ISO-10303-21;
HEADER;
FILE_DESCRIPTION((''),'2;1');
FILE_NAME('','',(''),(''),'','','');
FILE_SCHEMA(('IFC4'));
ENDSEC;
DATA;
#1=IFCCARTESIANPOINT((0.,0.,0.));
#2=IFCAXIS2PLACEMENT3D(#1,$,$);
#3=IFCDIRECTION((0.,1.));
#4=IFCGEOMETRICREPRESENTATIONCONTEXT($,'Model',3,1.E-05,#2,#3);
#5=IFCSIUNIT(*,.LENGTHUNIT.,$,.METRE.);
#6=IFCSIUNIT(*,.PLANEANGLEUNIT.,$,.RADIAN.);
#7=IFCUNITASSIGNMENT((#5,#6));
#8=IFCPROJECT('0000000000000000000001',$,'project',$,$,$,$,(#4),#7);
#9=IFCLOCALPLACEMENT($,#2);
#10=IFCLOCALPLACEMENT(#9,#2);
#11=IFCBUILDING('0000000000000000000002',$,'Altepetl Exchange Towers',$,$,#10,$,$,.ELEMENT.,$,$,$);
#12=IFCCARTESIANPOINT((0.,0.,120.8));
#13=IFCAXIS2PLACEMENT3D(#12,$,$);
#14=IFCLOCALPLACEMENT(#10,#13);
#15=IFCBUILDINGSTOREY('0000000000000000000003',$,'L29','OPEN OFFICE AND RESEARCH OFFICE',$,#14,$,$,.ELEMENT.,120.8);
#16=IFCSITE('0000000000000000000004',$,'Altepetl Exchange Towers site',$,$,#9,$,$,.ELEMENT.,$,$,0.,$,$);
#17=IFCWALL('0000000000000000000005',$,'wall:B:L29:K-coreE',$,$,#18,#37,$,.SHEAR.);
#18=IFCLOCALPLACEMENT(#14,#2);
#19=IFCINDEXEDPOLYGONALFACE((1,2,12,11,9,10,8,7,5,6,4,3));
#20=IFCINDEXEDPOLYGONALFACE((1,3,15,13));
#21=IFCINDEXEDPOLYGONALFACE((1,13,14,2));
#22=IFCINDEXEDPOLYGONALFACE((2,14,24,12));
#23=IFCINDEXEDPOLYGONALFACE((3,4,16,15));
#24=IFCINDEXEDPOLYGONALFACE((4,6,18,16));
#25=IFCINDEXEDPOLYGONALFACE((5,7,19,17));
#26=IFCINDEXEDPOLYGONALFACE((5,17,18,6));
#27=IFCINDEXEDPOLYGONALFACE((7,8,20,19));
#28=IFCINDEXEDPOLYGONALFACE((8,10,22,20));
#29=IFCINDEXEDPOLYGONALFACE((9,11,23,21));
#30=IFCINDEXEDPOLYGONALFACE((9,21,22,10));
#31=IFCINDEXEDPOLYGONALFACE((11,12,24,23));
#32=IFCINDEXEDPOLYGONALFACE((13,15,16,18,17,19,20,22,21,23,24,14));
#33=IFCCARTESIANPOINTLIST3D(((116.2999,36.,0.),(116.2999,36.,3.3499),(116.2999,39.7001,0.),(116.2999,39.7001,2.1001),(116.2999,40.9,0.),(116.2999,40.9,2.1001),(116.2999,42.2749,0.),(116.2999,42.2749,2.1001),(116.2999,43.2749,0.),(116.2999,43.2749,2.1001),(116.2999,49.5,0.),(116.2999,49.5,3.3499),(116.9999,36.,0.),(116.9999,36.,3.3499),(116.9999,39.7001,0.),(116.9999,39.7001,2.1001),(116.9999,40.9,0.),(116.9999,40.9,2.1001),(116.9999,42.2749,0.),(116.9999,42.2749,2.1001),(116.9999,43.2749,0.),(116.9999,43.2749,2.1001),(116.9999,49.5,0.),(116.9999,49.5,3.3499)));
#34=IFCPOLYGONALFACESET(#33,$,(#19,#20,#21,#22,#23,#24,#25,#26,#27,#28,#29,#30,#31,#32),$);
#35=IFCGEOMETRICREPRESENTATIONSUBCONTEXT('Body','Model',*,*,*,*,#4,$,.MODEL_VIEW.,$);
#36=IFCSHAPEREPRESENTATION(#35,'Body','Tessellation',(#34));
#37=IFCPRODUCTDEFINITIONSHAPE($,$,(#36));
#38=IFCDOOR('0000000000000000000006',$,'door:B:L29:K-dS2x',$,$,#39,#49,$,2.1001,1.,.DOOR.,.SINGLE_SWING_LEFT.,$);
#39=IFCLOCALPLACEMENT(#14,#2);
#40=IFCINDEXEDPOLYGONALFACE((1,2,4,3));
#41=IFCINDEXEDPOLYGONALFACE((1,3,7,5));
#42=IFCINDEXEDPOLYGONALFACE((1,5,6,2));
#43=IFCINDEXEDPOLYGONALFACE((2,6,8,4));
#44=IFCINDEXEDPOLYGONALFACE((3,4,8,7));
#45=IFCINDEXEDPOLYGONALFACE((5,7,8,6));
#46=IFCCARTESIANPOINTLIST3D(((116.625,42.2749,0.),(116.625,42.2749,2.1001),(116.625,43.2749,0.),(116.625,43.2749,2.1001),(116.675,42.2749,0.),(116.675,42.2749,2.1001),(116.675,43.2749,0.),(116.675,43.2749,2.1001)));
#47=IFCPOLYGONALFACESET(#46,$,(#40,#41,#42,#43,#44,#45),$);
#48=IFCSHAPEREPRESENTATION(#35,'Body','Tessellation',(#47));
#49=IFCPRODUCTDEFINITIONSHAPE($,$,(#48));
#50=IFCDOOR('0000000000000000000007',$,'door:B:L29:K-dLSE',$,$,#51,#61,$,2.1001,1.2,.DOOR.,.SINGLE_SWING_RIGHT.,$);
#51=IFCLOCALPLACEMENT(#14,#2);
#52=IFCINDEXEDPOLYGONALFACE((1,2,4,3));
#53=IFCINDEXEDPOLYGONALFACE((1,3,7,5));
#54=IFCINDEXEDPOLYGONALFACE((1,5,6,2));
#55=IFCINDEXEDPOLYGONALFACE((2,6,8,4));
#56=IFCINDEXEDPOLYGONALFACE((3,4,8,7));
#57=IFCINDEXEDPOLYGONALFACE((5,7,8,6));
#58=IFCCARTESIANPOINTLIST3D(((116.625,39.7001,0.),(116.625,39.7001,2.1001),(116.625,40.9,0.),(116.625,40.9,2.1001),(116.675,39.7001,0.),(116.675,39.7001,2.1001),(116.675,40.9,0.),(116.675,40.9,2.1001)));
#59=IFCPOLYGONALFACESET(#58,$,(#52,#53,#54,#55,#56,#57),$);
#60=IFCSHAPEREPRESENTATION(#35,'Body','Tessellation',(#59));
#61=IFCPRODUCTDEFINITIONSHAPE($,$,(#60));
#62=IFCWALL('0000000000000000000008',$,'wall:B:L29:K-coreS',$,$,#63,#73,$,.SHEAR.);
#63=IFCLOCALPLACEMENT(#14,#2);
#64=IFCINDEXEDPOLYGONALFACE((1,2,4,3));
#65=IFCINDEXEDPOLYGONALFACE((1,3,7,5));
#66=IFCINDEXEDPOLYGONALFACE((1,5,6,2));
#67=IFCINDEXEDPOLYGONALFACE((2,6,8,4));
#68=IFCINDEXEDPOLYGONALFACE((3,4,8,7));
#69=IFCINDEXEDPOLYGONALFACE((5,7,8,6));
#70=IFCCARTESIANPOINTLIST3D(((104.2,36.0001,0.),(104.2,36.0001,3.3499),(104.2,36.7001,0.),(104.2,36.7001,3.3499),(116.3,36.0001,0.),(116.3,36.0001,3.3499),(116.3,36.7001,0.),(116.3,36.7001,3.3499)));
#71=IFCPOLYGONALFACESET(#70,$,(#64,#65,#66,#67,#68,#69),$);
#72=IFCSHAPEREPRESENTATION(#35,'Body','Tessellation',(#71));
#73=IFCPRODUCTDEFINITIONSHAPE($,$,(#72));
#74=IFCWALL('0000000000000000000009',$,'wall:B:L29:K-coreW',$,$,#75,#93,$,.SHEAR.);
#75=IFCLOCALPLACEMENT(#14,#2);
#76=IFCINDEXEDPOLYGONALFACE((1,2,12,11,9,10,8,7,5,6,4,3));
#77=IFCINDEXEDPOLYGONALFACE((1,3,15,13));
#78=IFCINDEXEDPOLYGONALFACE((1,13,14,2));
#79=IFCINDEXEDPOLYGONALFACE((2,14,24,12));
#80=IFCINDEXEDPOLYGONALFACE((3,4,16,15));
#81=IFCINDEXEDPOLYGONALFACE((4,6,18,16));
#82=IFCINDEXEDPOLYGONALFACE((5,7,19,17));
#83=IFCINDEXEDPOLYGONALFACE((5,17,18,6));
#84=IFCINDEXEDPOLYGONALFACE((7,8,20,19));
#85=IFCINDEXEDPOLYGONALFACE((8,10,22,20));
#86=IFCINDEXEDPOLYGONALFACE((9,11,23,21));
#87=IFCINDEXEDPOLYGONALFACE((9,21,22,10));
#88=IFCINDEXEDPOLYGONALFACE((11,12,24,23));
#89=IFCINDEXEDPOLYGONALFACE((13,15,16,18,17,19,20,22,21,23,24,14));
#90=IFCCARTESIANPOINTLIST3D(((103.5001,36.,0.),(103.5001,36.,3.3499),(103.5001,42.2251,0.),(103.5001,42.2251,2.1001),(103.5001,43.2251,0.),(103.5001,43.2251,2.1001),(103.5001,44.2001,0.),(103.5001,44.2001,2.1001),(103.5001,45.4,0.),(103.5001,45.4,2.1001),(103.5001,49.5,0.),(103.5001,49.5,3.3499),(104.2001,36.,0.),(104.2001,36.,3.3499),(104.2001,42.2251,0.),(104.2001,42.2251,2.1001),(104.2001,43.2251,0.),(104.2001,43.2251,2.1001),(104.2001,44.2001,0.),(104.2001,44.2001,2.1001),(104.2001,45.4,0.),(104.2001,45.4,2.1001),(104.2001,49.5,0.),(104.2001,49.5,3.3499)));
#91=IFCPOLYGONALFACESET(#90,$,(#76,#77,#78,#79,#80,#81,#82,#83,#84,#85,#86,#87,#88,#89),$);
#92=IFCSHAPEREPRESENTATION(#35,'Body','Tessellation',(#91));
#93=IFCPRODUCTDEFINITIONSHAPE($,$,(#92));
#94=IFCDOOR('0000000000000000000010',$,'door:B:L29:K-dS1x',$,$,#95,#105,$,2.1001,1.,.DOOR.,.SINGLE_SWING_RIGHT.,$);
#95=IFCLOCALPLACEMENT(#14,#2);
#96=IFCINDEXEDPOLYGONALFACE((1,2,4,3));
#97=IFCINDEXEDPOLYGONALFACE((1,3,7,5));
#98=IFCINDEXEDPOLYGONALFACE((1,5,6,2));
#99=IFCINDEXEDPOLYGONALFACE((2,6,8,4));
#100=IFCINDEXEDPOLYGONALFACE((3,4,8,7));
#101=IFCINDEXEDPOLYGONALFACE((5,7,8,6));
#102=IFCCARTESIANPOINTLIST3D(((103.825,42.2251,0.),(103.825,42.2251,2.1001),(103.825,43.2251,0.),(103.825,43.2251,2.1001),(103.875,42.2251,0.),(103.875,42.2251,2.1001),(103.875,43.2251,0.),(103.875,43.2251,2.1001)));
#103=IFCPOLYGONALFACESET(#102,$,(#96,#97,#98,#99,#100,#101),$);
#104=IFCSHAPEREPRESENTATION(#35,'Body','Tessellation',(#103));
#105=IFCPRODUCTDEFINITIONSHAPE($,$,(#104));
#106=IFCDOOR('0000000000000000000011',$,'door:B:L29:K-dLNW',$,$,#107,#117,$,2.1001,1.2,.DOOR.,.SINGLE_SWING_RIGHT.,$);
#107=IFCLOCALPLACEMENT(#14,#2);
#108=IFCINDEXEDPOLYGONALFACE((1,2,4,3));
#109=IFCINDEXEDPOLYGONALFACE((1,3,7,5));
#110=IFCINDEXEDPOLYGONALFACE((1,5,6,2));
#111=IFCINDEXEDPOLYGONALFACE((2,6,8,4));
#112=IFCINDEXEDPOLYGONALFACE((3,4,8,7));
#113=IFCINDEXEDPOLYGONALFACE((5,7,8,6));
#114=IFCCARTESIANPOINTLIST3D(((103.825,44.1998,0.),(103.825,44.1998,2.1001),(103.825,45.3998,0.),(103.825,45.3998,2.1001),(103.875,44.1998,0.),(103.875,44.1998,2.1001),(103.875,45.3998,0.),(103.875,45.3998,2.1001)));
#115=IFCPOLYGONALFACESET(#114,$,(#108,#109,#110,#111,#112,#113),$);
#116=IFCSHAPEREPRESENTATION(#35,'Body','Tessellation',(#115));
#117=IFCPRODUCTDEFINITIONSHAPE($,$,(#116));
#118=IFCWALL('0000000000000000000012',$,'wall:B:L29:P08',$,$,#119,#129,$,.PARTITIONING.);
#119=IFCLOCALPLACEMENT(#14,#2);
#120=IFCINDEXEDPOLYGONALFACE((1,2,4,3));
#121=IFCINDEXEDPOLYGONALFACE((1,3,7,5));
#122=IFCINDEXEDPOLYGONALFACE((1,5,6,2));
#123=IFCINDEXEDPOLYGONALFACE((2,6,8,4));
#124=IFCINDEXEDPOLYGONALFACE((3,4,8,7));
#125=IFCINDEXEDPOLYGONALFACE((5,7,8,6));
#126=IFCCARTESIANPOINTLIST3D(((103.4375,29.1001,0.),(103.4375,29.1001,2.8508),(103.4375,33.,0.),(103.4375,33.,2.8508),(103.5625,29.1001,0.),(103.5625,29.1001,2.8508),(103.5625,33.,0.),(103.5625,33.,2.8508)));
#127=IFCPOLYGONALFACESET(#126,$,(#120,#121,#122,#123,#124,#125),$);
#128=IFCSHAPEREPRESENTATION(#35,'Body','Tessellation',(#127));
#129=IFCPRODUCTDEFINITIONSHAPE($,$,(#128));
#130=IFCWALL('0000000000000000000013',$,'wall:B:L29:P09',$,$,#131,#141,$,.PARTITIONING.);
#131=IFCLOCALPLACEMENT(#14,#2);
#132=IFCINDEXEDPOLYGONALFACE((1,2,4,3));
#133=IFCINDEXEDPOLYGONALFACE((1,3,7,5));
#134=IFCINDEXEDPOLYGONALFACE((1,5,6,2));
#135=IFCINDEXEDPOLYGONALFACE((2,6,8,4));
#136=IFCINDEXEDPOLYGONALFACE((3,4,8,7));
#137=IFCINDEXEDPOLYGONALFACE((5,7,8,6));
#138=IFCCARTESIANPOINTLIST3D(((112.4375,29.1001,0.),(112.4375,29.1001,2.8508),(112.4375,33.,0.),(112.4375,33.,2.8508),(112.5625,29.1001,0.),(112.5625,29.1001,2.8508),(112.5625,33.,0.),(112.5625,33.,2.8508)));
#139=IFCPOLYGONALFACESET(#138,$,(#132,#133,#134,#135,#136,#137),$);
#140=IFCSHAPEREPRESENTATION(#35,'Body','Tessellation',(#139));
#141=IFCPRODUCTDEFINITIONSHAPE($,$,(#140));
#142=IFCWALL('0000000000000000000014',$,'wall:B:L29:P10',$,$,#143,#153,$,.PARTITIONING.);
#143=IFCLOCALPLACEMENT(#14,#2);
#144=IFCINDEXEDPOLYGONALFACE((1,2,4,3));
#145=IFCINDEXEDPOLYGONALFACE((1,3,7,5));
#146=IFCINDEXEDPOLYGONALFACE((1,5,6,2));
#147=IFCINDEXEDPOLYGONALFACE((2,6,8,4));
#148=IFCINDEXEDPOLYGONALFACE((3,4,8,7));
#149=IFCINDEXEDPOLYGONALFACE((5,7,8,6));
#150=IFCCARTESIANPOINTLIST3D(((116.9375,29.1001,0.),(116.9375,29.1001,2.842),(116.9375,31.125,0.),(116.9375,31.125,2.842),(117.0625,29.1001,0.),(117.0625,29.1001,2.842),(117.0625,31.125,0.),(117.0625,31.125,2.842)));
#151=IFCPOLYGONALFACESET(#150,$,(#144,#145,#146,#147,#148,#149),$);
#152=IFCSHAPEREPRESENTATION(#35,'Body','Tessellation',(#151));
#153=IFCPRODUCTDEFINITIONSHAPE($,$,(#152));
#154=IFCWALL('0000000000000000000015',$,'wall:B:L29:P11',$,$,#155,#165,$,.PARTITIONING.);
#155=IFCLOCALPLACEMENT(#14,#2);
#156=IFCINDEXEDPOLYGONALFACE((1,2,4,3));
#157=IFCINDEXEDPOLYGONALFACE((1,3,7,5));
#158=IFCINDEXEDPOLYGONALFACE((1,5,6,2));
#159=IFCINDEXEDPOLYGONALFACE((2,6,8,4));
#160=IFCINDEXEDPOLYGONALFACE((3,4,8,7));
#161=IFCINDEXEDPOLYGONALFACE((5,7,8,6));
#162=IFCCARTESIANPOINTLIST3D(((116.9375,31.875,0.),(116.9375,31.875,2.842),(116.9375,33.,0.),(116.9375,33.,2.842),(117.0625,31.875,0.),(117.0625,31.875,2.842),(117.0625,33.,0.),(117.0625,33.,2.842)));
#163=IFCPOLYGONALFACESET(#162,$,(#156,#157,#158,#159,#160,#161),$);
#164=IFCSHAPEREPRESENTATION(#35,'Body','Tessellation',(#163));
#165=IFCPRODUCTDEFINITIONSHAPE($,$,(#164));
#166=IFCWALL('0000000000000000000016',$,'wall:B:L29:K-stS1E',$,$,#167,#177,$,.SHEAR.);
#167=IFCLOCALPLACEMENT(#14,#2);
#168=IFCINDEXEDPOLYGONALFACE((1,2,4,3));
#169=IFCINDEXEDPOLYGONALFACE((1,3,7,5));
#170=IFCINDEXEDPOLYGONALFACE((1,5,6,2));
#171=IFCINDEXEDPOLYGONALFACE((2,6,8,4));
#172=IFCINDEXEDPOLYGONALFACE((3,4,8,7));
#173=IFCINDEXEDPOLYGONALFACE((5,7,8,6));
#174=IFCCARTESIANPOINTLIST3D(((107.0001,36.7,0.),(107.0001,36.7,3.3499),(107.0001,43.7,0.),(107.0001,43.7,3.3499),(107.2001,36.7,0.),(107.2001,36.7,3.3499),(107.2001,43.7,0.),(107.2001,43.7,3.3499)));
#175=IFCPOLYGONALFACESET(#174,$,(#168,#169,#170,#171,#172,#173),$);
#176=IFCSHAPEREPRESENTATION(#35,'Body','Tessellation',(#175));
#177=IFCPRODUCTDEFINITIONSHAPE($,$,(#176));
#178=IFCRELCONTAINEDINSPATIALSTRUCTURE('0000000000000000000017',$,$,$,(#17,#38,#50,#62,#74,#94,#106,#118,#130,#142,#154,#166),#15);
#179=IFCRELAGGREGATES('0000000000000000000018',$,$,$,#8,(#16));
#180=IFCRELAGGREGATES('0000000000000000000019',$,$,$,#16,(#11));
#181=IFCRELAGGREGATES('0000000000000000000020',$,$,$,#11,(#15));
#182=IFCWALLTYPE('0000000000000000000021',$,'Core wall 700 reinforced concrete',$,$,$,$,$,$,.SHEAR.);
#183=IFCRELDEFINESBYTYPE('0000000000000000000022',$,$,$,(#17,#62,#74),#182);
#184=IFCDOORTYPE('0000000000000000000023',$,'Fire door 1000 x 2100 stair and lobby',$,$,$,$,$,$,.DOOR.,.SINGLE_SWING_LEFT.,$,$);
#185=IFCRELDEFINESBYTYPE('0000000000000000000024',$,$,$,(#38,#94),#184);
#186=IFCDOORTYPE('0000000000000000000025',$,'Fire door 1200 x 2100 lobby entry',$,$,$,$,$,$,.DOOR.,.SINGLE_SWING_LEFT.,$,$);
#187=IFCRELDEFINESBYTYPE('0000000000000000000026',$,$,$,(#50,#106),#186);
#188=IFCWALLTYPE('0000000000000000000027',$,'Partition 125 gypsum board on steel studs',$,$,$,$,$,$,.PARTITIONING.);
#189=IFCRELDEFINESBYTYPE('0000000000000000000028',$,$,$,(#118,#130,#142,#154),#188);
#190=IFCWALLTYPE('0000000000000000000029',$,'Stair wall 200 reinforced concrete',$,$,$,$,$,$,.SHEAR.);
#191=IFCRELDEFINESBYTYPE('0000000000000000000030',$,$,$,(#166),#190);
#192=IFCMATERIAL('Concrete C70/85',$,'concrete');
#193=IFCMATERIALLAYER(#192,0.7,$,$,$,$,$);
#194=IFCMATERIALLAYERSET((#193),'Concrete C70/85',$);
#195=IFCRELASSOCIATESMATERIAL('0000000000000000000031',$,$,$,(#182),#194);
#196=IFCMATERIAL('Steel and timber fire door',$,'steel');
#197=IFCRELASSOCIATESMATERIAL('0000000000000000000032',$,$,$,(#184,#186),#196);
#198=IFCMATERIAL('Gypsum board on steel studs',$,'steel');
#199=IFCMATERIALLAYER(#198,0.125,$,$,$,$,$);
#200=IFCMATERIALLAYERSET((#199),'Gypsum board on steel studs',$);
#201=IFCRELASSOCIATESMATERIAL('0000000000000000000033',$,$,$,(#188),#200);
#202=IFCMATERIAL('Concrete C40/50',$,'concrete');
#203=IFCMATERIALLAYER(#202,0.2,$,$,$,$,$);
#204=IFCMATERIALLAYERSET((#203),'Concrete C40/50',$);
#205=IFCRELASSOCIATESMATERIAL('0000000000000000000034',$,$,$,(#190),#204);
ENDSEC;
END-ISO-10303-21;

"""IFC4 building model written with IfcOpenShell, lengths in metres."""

from ifc_helpers import new_model, si_unit, direction, frame, frame_2d, origin, place, context, subcontext, project, spatial, rectangle, extrude, material, layer, layer_set, type_object, element, fill, save


model = new_model("IFC4")

# Units and contexts
model_context = context("Model", 3, precision=1e-05, world=origin(), true_north=direction((0.0, 1.0)))
body_context = subcontext(model_context, "Body", "Model", "MODEL_VIEW")
ifc_project = project(units=[si_unit("LENGTHUNIT", "METRE"), si_unit("PLANEANGLEUNIT", "RADIAN")], contexts=[model_context])

# Site, building, storey
site_placement = place(None, origin())
site = spatial("IfcSite", under=ifc_project, at=site_placement, Name="Altepetl Exchange Towers site", CompositionType="ELEMENT", RefElevation=0.0)
building_placement = place(site_placement, origin())
building = spatial("IfcBuilding", under=site, at=building_placement, Name="Altepetl Exchange Towers", CompositionType="ELEMENT")
storey_placement = place(building_placement, frame((0.0, 0.0, 120.8)))
storey = spatial("IfcBuildingStorey", under=building, at=storey_placement, Name="L29", Description="OPEN OFFICE AND RESEARCH OFFICE", CompositionType="ELEMENT", Elevation=120.8)

# Shared definitions
ifc_material_1 = material(Name="Concrete C70/85", Category="concrete")

# Wall, openings, doors
ifc_layer_1 = layer(ifc_material_1, 0.7)
ifc_layer_set_1 = layer_set([ifc_layer_1], Name="Concrete C70/85")
wall_type_1 = type_object("IfcWallType", Name="Core wall 700 reinforced concrete", PredefinedType="SHEAR", material=ifc_layer_set_1)
wall_1_placement = place(storey_placement, frame((116.6499, 36.0, 0.0), z_axis=(0.0, 0.0, 1.0), x_axis=(0.0, 1.0, 0.0)))
wall_1 = element("IfcWall", 1, at=wall_1_placement, inside=storey, type_object=wall_type_1, Name="wall:B:L29:K-coreE", PredefinedType="SHEAR", context=body_context, shape_type="SweptSolid", body=[
    extrude(rectangle(XDim=13.5, YDim=0.7, at=frame_2d((6.75, 0.0))), origin(), (0.0, 0.0, 1.0), 3.3499),
])
opening_1_placement = place(wall_1_placement, frame((3.7, 0.0, 0.0)))
opening_1 = element("IfcOpeningElement", 2, at=opening_1_placement, cuts=wall_1, PredefinedType="OPENING", context=body_context, shape_type="SweptSolid", body=[
    extrude(rectangle(XDim=1.2, YDim=2.1001, at=frame_2d((0.6001, 1.05))), frame((0.0, 0.3599, 0.0), z_axis=(0.0, -1.0, 0.0), x_axis=(1.0, 0.0, 0.0)), (0.0, 0.0, 1.0), 0.72),
])
opening_2_placement = place(wall_1_placement, frame((6.2749, 0.0, 0.0)))
opening_2 = element("IfcOpeningElement", 3, at=opening_2_placement, cuts=wall_1, PredefinedType="OPENING", context=body_context, shape_type="SweptSolid", body=[
    extrude(rectangle(XDim=1.0, YDim=2.1001, at=frame_2d((0.5, 1.05))), frame((0.0, 0.3599, 0.0), z_axis=(0.0, -1.0, 0.0), x_axis=(1.0, 0.0, 0.0)), (0.0, 0.0, 1.0), 0.72),
])
ifc_material_2 = material(Name="Steel and timber fire door", Category="steel")
door_type_1 = type_object("IfcDoorType", Name="Fire door 1000 x 2100 stair and lobby", OperationType="SINGLE_SWING_LEFT", PredefinedType="DOOR", material=ifc_material_2)
door_1_placement = place(opening_2_placement, origin())
door_1 = element("IfcDoor", 4, at=door_1_placement, inside=storey, type_object=door_type_1, Name="door:B:L29:K-dS2x", OperationType="SINGLE_SWING_LEFT", OverallHeight=2.1001, OverallWidth=1.0, PredefinedType="DOOR", context=body_context, shape_type="SweptSolid", body=[
    extrude(rectangle(XDim=1.0, YDim=2.1001, at=frame_2d((0.5, 1.05))), frame((0.0, 0.0249, 0.0), z_axis=(0.0, -1.0, 0.0), x_axis=(1.0, 0.0, 0.0)), (0.0, 0.0, 1.0), 0.05),
])
fill(opening_2, door_1)
door_type_2 = type_object("IfcDoorType", Name="Fire door 1200 x 2100 lobby entry", OperationType="SINGLE_SWING_LEFT", PredefinedType="DOOR", material=ifc_material_2)
door_2_placement = place(opening_1_placement, origin())
door_2 = element("IfcDoor", 5, at=door_2_placement, inside=storey, type_object=door_type_2, Name="door:B:L29:K-dLSE", OperationType="SINGLE_SWING_RIGHT", OverallHeight=2.1001, OverallWidth=1.2, PredefinedType="DOOR", context=body_context, shape_type="SweptSolid", body=[
    extrude(rectangle(XDim=1.2, YDim=2.1001, at=frame_2d((0.6001, 1.05))), frame((0.0, 0.0249, 0.0), z_axis=(0.0, -1.0, 0.0), x_axis=(1.0, 0.0, 0.0)), (0.0, 0.0, 1.0), 0.05),
])
fill(opening_1, door_2)

# Wall
wall_2_placement = place(storey_placement, frame((104.2, 36.3501, 0.0)))
element("IfcWall", 6, at=wall_2_placement, inside=storey, type_object=wall_type_1, Name="wall:B:L29:K-coreS", PredefinedType="SHEAR", context=body_context, shape_type="SweptSolid", body=[
    extrude(rectangle(XDim=12.1001, YDim=0.7, at=frame_2d((6.05, 0.0))), origin(), (0.0, 0.0, 1.0), 3.3499),
])

# Wall, openings, doors
wall_3_placement = place(storey_placement, frame((103.8501, 36.0, 0.0), z_axis=(0.0, 0.0, 1.0), x_axis=(0.0, 1.0, 0.0)))
wall_3 = element("IfcWall", 7, at=wall_3_placement, inside=storey, type_object=wall_type_1, Name="wall:B:L29:K-coreW", PredefinedType="SHEAR", context=body_context, shape_type="SweptSolid", body=[
    extrude(rectangle(XDim=13.5, YDim=0.7, at=frame_2d((6.75, 0.0))), origin(), (0.0, 0.0, 1.0), 3.3499),
])
opening_3_placement = place(wall_3_placement, frame((8.2, 0.0, 0.0)))
opening_3 = element("IfcOpeningElement", 8, at=opening_3_placement, cuts=wall_3, PredefinedType="OPENING", context=body_context, shape_type="SweptSolid", body=[
    extrude(rectangle(XDim=1.2, YDim=2.1001, at=frame_2d((0.6001, 1.05))), frame((0.0, 0.3599, 0.0), z_axis=(0.0, -1.0, 0.0), x_axis=(1.0, 0.0, 0.0)), (0.0, 0.0, 1.0), 0.72),
])
opening_4_placement = place(wall_3_placement, frame((6.2251, 0.0, 0.0)))
opening_4 = element("IfcOpeningElement", 9, at=opening_4_placement, cuts=wall_3, PredefinedType="OPENING", context=body_context, shape_type="SweptSolid", body=[
    extrude(rectangle(XDim=1.0, YDim=2.1001, at=frame_2d((0.5, 1.05))), frame((0.0, 0.3599, 0.0), z_axis=(0.0, -1.0, 0.0), x_axis=(1.0, 0.0, 0.0)), (0.0, 0.0, 1.0), 0.72),
])
door_3_placement = place(opening_4_placement, frame((1.0, 0.0, 0.0), x_axis=(-1.0, 0.0, 0.0)))
door_3 = element("IfcDoor", 10, at=door_3_placement, inside=storey, type_object=door_type_1, Name="door:B:L29:K-dS1x", OperationType="SINGLE_SWING_RIGHT", OverallHeight=2.1001, OverallWidth=1.0, PredefinedType="DOOR", context=body_context, shape_type="SweptSolid", body=[
    extrude(rectangle(XDim=1.0, YDim=2.1001, at=frame_2d((0.5, 1.05))), frame((0.0, 0.0249, 0.0), z_axis=(0.0, -1.0, 0.0), x_axis=(1.0, 0.0, 0.0)), (0.0, 0.0, 1.0), 0.05),
])
fill(opening_4, door_3)
door_4_placement = place(opening_3_placement, frame((1.2, 0.0, 0.0), x_axis=(-1.0, 0.0, 0.0)))
door_4 = element("IfcDoor", 11, at=door_4_placement, inside=storey, type_object=door_type_2, Name="door:B:L29:K-dLNW", OperationType="SINGLE_SWING_RIGHT", OverallHeight=2.1001, OverallWidth=1.2, PredefinedType="DOOR", context=body_context, shape_type="SweptSolid", body=[
    extrude(rectangle(XDim=1.2, YDim=2.1001, at=frame_2d((0.6001, 1.05))), frame((0.0, 0.0249, 0.0), z_axis=(0.0, -1.0, 0.0), x_axis=(1.0, 0.0, 0.0)), (0.0, 0.0, 1.0), 0.05),
])
fill(opening_3, door_4)

# Walls
ifc_material_3 = material(Name="Gypsum board on steel studs", Category="steel")
ifc_layer_2 = layer(ifc_material_3, 0.125)
ifc_layer_set_2 = layer_set([ifc_layer_2], Name="Gypsum board on steel studs")
wall_type_2 = type_object("IfcWallType", Name="Partition 125 gypsum board on steel studs", PredefinedType="PARTITIONING", material=ifc_layer_set_2)
for number, where, z_axis, x_axis, name in (
    (12, (103.5, 29.1001, 0.0), (0.0, 0.0, 1.0), (0.0, 1.0, 0.0), "wall:B:L29:P08"),
    (13, (112.5, 29.1001, 0.0), (0.0, 0.0, 1.0), (0.0, 1.0, 0.0), "wall:B:L29:P09"),
):
    element("IfcWall", number, at=place(storey_placement, frame(where, z_axis=z_axis, x_axis=x_axis)), inside=storey, type_object=wall_type_2, Name=name, PredefinedType="PARTITIONING", context=body_context, shape_type="SweptSolid", body=[
        extrude(rectangle(XDim=3.8999, YDim=0.125, at=frame_2d((1.95, 0.0))), origin(), (0.0, 0.0, 1.0), 2.8508),
    ])
wall_4_placement = place(storey_placement, frame((117.0, 29.1001, 0.0), z_axis=(0.0, 0.0, 1.0), x_axis=(0.0, 1.0, 0.0)))
element("IfcWall", 14, at=wall_4_placement, inside=storey, type_object=wall_type_2, Name="wall:B:L29:P10", PredefinedType="PARTITIONING", context=body_context, shape_type="SweptSolid", body=[
    extrude(rectangle(XDim=2.0249, YDim=0.125, at=frame_2d((1.0125, 0.0))), origin(), (0.0, 0.0, 1.0), 2.842),
])
wall_5_placement = place(storey_placement, frame((117.0, 31.875, 0.0), z_axis=(0.0, 0.0, 1.0), x_axis=(0.0, 1.0, 0.0)))
element("IfcWall", 15, at=wall_5_placement, inside=storey, type_object=wall_type_2, Name="wall:B:L29:P11", PredefinedType="PARTITIONING", context=body_context, shape_type="SweptSolid", body=[
    extrude(rectangle(XDim=1.125, YDim=0.125, at=frame_2d((0.5625, 0.0))), origin(), (0.0, 0.0, 1.0), 2.842),
])
ifc_material_4 = material(Name="Concrete C40/50", Category="concrete")
ifc_layer_3 = layer(ifc_material_4, 0.2)
ifc_layer_set_3 = layer_set([ifc_layer_3], Name="Concrete C40/50")
wall_type_3 = type_object("IfcWallType", Name="Stair wall 200 reinforced concrete", PredefinedType="SHEAR", material=ifc_layer_set_3)
wall_6_placement = place(storey_placement, frame((107.1001, 36.7, 0.0), z_axis=(0.0, 0.0, 1.0), x_axis=(0.0, 1.0, 0.0)))
element("IfcWall", 16, at=wall_6_placement, inside=storey, type_object=wall_type_3, Name="wall:B:L29:K-stS1E", PredefinedType="SHEAR", context=body_context, shape_type="SweptSolid", body=[
    extrude(rectangle(XDim=7.0, YDim=0.2, at=frame_2d((3.5, 0.0))), origin(), (0.0, 0.0, 1.0), 3.3499),
])

save(model, "model.ifc")
